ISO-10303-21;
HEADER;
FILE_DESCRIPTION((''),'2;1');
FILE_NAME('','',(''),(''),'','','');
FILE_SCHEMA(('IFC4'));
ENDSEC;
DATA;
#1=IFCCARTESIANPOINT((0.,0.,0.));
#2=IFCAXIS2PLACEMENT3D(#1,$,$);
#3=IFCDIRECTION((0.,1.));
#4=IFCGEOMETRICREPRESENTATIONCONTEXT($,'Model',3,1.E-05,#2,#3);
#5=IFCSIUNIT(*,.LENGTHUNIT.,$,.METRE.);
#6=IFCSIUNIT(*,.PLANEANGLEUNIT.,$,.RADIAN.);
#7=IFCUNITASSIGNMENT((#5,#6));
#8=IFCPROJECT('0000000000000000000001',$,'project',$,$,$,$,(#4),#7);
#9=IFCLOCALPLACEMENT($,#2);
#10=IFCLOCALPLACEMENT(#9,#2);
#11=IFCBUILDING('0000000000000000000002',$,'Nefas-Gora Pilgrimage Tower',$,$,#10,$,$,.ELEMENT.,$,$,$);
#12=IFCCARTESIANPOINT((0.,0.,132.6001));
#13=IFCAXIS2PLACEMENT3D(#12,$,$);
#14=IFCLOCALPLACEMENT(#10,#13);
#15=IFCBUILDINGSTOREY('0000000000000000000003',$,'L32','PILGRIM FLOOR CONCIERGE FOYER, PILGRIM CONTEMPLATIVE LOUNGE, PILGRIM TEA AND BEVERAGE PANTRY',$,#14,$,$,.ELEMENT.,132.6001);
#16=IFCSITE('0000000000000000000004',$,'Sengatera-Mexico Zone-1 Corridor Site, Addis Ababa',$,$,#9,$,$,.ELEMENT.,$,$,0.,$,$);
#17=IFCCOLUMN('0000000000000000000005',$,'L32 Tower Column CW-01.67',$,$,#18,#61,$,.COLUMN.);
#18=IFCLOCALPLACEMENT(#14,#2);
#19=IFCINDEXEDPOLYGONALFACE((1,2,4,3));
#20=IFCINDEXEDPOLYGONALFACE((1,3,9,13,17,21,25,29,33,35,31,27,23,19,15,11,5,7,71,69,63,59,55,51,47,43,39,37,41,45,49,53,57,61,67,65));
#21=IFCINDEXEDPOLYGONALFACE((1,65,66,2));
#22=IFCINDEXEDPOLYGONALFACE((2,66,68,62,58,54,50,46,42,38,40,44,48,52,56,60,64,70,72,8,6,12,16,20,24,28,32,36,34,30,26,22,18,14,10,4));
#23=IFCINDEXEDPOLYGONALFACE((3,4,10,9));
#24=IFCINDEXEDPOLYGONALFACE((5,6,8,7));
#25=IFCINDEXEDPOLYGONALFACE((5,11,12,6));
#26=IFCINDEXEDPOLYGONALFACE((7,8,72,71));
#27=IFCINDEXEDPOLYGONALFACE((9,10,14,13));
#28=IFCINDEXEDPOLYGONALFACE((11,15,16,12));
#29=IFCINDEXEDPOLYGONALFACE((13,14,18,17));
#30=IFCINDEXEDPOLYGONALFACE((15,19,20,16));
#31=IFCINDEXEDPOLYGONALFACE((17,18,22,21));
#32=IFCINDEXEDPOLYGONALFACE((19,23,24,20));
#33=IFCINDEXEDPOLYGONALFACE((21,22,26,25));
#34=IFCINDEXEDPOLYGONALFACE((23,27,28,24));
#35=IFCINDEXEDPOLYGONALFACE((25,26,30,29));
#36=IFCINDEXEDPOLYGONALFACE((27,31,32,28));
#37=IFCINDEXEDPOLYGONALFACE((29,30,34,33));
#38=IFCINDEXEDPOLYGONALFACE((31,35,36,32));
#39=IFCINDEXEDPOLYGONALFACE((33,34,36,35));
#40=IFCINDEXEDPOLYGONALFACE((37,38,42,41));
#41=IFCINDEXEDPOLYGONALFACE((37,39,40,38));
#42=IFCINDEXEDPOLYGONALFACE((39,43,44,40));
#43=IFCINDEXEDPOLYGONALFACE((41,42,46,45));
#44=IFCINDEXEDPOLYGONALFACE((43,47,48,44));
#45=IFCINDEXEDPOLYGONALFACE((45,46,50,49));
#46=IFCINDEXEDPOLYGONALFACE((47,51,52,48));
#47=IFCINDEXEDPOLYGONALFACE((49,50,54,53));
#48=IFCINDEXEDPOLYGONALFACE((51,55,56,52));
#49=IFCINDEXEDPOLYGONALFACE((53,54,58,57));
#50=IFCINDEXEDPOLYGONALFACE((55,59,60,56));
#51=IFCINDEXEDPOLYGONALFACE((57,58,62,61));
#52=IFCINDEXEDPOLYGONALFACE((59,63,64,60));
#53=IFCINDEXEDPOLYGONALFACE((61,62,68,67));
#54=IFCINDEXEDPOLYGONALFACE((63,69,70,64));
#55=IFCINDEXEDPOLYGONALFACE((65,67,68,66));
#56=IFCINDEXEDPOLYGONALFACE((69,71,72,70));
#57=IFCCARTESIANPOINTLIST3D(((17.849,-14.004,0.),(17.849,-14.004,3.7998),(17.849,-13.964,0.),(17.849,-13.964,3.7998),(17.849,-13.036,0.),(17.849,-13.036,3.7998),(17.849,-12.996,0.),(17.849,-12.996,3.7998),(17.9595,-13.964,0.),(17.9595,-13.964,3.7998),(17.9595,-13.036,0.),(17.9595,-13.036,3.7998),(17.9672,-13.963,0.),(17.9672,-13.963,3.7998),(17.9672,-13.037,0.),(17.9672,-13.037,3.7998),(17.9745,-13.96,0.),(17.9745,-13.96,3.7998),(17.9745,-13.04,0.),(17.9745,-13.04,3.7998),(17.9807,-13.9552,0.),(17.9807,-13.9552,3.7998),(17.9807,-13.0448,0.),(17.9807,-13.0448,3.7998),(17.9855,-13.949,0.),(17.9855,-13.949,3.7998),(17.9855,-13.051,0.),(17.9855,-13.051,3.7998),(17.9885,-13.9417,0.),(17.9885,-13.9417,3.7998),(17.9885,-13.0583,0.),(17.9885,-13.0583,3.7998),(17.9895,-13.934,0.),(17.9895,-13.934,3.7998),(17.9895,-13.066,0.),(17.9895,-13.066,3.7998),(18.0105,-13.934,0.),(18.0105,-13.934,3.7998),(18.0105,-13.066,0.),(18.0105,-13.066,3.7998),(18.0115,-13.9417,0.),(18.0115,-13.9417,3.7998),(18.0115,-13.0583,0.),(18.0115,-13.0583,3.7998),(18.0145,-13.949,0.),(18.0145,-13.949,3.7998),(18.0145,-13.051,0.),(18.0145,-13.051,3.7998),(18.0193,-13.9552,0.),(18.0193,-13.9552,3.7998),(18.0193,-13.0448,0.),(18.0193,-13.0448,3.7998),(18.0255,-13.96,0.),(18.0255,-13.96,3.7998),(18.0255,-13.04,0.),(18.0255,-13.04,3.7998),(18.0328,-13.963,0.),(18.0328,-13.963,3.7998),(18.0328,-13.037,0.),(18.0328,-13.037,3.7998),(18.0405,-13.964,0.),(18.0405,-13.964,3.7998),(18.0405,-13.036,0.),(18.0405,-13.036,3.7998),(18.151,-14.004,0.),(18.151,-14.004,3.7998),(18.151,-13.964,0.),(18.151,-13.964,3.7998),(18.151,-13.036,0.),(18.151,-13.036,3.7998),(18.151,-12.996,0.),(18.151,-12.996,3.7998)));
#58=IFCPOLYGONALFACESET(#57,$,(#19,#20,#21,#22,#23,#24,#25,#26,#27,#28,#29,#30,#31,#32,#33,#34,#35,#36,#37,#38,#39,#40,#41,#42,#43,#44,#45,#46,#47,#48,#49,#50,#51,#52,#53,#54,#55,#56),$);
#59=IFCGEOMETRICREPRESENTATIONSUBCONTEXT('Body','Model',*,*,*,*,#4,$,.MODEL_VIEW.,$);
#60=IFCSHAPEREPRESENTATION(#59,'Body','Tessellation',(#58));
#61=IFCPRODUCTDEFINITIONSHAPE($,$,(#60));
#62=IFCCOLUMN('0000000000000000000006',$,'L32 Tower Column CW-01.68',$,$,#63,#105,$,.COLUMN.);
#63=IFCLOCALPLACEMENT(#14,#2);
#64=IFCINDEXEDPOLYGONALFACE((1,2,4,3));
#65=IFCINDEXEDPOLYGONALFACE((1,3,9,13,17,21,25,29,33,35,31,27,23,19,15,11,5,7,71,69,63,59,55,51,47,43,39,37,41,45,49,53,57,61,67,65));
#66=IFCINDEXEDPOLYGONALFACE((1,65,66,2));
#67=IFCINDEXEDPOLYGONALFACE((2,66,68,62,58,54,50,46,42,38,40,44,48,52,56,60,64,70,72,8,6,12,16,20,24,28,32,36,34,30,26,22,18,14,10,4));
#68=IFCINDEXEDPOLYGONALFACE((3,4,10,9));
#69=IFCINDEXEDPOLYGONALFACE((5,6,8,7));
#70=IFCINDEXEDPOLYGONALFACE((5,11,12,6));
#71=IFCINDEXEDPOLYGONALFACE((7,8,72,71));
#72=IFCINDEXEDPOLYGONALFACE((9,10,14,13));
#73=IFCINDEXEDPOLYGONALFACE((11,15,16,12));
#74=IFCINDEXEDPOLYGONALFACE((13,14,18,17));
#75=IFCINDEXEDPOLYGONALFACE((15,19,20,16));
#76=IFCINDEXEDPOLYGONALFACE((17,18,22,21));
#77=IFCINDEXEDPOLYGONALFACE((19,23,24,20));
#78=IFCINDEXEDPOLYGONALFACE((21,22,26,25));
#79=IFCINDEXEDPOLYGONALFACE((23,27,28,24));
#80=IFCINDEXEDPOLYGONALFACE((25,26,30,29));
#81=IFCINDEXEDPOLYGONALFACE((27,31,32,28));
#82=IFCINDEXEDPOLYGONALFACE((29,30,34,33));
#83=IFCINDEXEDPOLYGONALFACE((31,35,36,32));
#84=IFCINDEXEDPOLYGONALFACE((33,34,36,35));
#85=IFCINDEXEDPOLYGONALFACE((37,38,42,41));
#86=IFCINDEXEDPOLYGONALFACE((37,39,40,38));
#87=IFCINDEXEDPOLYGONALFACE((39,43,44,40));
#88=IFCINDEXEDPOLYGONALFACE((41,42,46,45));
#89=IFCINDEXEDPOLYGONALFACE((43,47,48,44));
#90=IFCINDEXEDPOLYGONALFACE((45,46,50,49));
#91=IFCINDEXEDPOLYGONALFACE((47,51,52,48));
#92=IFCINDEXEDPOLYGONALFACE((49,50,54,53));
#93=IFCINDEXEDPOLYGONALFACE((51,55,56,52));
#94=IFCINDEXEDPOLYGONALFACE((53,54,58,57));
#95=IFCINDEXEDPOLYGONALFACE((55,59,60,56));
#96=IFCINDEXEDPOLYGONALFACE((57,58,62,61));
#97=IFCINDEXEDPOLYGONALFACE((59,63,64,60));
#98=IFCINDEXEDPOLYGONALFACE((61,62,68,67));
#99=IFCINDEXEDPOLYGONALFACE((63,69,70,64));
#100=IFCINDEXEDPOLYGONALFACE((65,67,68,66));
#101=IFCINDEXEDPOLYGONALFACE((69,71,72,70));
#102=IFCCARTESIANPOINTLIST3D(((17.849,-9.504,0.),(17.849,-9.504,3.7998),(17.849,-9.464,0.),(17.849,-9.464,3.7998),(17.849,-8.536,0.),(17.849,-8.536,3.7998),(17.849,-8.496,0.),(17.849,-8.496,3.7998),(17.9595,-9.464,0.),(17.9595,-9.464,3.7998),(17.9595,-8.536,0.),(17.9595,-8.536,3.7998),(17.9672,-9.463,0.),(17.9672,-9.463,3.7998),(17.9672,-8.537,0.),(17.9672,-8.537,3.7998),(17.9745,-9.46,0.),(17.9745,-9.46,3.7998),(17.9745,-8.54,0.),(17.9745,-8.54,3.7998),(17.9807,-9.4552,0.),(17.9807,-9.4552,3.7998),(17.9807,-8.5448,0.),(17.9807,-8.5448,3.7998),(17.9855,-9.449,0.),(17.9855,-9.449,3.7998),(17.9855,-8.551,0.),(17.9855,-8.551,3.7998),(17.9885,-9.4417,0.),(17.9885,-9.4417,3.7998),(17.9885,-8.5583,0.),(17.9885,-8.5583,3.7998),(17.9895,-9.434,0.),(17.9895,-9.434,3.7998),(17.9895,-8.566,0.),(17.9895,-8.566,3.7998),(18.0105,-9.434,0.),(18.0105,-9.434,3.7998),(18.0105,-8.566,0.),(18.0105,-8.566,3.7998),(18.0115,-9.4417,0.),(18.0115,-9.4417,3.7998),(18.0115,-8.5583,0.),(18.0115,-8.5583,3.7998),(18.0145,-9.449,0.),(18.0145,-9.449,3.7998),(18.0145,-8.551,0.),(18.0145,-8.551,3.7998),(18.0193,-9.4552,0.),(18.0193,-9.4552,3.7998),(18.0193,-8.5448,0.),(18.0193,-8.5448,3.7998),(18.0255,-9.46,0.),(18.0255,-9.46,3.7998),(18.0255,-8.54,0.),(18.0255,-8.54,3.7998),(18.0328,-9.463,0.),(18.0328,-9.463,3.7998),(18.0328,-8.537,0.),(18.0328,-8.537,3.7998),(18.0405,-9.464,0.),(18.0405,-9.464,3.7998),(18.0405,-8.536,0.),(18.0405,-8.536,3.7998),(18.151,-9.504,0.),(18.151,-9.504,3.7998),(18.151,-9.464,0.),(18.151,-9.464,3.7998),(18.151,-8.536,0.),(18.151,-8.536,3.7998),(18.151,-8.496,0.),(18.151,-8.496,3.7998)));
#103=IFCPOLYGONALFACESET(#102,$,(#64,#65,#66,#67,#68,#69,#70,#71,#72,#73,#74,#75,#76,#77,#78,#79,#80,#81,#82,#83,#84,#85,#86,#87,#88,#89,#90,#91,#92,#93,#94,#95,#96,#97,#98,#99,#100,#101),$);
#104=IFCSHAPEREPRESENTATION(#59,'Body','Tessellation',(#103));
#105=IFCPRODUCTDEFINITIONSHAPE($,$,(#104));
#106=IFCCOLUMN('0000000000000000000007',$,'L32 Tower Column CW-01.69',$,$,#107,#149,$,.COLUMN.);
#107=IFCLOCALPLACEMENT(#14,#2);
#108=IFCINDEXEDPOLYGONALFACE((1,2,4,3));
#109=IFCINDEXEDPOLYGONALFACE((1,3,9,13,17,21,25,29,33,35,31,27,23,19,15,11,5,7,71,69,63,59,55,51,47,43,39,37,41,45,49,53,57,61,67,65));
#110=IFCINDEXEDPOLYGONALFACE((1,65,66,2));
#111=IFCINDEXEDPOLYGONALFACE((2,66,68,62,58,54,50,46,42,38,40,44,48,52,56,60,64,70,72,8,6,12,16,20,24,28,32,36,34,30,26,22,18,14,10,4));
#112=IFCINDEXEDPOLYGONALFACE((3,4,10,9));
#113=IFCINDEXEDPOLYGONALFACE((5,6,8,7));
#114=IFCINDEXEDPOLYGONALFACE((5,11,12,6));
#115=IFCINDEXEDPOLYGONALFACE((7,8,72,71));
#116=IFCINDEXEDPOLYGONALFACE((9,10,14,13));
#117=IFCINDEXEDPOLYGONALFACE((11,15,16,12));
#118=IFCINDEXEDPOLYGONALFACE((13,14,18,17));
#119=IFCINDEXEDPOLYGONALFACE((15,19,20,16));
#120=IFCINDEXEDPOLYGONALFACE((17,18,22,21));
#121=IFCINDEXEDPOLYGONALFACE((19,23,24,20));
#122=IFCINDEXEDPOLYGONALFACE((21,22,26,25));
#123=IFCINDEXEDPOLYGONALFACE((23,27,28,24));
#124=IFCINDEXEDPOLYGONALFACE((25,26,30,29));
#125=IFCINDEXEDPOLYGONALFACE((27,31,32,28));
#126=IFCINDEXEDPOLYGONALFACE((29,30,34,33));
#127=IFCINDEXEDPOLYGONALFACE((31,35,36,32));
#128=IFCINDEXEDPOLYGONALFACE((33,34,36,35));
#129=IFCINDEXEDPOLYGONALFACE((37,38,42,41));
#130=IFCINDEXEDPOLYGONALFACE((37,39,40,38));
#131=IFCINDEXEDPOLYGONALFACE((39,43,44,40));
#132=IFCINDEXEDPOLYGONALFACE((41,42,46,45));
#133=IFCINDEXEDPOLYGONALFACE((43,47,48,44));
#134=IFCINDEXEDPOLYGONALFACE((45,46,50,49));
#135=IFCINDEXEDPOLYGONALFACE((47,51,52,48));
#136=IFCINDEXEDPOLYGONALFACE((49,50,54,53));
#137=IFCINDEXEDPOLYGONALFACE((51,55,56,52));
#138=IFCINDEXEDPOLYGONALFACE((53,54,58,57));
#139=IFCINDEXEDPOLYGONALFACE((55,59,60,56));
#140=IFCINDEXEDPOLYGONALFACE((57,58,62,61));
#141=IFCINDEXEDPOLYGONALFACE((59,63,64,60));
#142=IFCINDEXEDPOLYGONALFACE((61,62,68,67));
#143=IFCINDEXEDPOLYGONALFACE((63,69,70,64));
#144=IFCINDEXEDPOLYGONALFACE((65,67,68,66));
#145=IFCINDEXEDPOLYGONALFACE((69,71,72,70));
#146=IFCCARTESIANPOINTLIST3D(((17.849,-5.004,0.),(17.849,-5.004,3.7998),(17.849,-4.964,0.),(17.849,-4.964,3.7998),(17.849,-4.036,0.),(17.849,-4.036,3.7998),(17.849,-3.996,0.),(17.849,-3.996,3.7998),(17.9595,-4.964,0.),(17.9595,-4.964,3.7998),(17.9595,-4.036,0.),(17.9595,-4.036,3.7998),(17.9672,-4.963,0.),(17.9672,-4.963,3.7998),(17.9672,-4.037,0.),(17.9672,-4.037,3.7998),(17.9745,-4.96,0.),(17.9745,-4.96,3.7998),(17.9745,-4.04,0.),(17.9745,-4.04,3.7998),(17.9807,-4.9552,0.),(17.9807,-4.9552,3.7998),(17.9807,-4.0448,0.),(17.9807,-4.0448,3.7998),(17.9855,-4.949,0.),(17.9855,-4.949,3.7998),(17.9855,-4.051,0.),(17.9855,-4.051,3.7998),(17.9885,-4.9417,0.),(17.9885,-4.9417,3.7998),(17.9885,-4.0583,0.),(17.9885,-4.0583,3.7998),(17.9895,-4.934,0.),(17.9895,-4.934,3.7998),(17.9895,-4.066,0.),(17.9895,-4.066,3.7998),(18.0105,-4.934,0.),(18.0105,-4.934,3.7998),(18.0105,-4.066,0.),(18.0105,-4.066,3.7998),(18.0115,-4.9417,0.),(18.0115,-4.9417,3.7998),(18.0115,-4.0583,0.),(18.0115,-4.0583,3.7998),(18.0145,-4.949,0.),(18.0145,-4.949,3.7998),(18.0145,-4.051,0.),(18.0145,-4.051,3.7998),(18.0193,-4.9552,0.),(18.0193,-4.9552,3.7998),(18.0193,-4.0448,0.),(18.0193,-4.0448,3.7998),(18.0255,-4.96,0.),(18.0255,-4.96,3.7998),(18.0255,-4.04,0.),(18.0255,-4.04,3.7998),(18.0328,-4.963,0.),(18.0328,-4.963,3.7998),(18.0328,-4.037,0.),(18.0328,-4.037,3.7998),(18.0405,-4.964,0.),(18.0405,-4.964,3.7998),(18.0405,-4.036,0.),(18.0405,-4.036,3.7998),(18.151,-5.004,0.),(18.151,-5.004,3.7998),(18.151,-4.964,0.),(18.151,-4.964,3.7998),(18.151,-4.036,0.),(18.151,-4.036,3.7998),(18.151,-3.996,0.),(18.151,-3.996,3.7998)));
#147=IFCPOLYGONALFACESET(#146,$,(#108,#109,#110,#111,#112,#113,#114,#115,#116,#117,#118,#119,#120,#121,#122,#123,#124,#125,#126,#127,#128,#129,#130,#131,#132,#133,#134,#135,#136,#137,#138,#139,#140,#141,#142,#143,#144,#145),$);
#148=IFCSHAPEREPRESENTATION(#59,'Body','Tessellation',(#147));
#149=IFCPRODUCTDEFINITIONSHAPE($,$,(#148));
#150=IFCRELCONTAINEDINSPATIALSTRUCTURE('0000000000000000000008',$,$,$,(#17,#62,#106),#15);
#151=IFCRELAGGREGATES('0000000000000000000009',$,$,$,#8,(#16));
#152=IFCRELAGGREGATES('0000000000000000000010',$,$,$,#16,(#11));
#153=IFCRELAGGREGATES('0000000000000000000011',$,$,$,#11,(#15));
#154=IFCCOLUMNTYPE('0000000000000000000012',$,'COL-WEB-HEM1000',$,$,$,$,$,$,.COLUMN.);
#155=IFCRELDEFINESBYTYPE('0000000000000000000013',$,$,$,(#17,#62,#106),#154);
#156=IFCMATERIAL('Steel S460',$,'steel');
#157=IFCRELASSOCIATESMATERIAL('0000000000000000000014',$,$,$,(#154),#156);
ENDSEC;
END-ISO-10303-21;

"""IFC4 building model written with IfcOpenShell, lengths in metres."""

from ifc_helpers import new_model, si_unit, direction, frame, origin, origin_2d, place, context, subcontext, project, spatial, i_section, extrude, source, transform, mapped, material, material_profile, profile_set, type_object, element, save


model = new_model("IFC4")

# Units and contexts
model_context = context("Model", 3, precision=1e-05, world=origin(), true_north=direction((0.0, 1.0)))
body_context = subcontext(model_context, "Body", "Model", "MODEL_VIEW")
ifc_project = project(units=[si_unit("LENGTHUNIT", "METRE"), si_unit("PLANEANGLEUNIT", "RADIAN")], contexts=[model_context])

# Site, building, storey
site_placement = place(None, origin())
site = spatial("IfcSite", under=ifc_project, at=site_placement, Name="Sengatera-Mexico Zone-1 Corridor Site, Addis Ababa", CompositionType="ELEMENT", RefElevation=0.0)
building_placement = place(site_placement, origin())
building = spatial("IfcBuilding", under=site, at=building_placement, Name="Nefas-Gora Pilgrimage Tower", CompositionType="ELEMENT")
storey_placement = place(building_placement, frame((0.0, 0.0, 132.6001)))
storey = spatial("IfcBuildingStorey", under=building, at=storey_placement, Name="L32", Description="PILGRIM FLOOR CONCIERGE FOYER, PILGRIM CONTEMPLATIVE LOUNGE, PILGRIM TEA AND BEVERAGE PANTRY", CompositionType="ELEMENT", Elevation=132.6001)

# Columns
ifc_material_1 = material(Name="Steel S460", Category="steel")
ifc_material_profile_1 = material_profile(ifc_material_1, i_section(OverallWidth=0.302, OverallDepth=1.0081, WebThickness=0.021, FlangeThickness=0.04, FilletRadius=0.03, at=origin_2d()), Name="HEM 1000")
ifc_profile_set_1 = profile_set([ifc_material_profile_1], Name="Steel S460")
column_type_1 = type_object("IfcColumnType", Name="COL-WEB-HEM1000", PredefinedType="COLUMN", material=ifc_profile_set_1)
shared_shape_1 = source(origin(), body_context, "Body", "SweptSolid", [
    extrude(i_section(OverallWidth=0.302, OverallDepth=1.0081, WebThickness=0.021, FlangeThickness=0.04, FilletRadius=0.03, at=origin_2d()), origin(), (0.0, 0.0, 1.0), 3.7998),
])
for number, where, z_axis, x_axis, name in (
    (1, (18.0, -13.5, 0.0), (0.0, 0.0, 1.0), (1.0, 0.0, 0.0), "L32 Tower Column CW-01.67"),
    (2, (18.0, -9.0, 0.0), (0.0, 0.0, 1.0), (1.0, 0.0, 0.0), "L32 Tower Column CW-01.68"),
    (3, (18.0, -4.5, 0.0), (0.0, 0.0, 1.0), (1.0, 0.0, 0.0), "L32 Tower Column CW-01.69"),
):
    element("IfcColumn", number, at=place(storey_placement, frame(where, z_axis=z_axis, x_axis=x_axis)), inside=storey, type_object=column_type_1, Name=name, PredefinedType="COLUMN", context=body_context, shape_type="MappedRepresentation", body=[
        mapped(shared_shape_1, transform((0.0, 0.0, 0.0), x_axis=(1.0, 0.0, 0.0), y_axis=(0.0, 1.0, 0.0), z_axis=(0.0, 0.0, 1.0), scale=1.0)),
    ])

save(model, "model.ifc")
